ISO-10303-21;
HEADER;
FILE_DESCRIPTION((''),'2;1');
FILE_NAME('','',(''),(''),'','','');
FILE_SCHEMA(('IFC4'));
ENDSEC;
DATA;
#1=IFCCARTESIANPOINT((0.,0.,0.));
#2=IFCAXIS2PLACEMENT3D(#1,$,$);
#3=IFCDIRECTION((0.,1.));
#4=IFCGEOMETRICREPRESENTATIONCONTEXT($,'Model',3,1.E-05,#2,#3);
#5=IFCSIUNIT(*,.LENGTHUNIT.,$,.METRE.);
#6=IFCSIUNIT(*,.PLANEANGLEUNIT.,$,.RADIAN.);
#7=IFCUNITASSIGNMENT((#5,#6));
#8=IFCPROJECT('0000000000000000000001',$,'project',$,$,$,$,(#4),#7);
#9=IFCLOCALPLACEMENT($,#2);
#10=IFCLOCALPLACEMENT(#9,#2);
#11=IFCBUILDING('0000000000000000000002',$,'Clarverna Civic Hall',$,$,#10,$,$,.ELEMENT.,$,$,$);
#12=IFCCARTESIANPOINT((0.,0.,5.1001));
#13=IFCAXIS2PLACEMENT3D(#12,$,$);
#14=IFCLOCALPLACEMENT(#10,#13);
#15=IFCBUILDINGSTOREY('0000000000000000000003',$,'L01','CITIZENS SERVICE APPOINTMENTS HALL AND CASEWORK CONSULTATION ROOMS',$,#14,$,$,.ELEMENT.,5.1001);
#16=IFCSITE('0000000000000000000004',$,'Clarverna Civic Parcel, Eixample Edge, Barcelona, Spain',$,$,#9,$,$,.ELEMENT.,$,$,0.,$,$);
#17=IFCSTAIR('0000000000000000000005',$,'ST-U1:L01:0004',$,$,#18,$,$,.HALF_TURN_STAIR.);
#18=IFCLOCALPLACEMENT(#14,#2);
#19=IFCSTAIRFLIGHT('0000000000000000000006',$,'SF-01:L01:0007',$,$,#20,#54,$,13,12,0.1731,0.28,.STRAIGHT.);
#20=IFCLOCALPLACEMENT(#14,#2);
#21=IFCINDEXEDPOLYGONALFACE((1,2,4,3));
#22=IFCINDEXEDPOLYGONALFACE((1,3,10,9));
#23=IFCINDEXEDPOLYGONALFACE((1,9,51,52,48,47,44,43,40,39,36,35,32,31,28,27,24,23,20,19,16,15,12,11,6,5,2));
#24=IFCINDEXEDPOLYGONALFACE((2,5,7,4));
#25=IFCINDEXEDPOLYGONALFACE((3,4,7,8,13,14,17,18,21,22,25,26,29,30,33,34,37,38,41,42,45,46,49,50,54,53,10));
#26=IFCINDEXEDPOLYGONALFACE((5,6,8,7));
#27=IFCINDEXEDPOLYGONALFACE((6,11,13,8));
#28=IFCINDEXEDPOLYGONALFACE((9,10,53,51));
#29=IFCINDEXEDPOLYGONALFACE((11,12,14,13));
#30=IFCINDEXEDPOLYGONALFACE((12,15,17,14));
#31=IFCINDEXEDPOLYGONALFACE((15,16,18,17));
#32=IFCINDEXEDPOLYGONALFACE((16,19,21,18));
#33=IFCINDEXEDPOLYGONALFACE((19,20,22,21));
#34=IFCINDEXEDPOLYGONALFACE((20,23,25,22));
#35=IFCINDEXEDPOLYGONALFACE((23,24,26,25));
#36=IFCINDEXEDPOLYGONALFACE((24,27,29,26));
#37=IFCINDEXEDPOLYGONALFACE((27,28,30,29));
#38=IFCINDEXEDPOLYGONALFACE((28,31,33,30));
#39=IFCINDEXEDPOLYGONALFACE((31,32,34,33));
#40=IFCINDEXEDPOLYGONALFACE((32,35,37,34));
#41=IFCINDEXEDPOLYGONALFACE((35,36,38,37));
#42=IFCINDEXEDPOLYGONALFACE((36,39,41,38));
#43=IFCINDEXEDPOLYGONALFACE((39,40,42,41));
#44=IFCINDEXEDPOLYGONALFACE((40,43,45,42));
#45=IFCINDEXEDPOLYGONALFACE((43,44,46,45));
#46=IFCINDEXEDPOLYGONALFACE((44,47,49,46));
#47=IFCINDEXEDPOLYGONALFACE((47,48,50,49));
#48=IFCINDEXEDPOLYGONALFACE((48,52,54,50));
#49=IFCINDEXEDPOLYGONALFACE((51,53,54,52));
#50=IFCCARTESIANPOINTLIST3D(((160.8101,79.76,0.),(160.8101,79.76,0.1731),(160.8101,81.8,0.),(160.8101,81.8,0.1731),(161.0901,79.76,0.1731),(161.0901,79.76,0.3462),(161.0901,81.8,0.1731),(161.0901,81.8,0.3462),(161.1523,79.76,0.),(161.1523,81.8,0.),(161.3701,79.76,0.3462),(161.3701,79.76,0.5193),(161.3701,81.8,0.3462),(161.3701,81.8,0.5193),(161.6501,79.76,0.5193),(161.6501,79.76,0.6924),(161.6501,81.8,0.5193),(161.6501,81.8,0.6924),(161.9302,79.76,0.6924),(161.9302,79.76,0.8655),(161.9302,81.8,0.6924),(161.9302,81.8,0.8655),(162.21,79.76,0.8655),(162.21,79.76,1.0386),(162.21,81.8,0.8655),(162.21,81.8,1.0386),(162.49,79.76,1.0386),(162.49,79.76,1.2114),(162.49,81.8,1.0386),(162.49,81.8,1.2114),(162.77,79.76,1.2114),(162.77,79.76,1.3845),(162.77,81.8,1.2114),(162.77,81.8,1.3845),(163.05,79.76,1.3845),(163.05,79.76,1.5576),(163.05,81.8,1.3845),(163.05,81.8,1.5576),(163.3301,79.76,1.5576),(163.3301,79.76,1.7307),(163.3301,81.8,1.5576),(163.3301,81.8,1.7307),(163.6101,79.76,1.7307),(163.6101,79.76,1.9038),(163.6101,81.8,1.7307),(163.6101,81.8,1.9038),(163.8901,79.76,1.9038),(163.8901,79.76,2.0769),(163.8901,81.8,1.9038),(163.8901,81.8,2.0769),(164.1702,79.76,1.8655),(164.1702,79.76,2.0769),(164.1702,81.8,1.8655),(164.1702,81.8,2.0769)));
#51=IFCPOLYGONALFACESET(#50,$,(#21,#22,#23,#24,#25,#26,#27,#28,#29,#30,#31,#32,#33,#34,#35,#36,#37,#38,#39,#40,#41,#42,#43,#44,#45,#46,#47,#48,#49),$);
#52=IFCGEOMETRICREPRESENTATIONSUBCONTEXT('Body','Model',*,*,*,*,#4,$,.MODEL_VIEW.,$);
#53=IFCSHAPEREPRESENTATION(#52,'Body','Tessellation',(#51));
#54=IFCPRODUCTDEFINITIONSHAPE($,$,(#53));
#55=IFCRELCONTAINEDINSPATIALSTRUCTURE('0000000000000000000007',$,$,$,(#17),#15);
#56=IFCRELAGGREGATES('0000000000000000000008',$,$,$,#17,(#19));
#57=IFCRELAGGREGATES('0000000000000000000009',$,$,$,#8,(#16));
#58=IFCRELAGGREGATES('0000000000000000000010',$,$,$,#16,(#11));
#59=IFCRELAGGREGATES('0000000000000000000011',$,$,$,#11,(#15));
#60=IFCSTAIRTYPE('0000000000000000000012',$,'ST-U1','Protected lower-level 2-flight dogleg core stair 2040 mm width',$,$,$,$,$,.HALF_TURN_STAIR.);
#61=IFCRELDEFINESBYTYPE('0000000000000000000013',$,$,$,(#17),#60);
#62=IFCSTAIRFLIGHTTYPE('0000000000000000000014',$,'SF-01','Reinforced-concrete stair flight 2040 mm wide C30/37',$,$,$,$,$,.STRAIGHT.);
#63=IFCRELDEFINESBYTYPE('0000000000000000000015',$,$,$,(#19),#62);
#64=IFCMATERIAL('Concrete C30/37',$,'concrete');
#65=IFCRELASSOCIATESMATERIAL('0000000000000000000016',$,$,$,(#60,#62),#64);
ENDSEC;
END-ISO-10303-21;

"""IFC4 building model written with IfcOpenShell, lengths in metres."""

from ifc_helpers import new_model, si_unit, direction, frame, origin, place, context, subcontext, project, spatial, polyline, outline, extrude, material, type_object, element, aggregate, save


model = new_model("IFC4")

# Units and contexts
model_context = context("Model", 3, precision=1e-05, world=origin(), true_north=direction((0.0, 1.0)))
body_context = subcontext(model_context, "Body", "Model", "MODEL_VIEW")
ifc_project = project(units=[si_unit("LENGTHUNIT", "METRE"), si_unit("PLANEANGLEUNIT", "RADIAN")], contexts=[model_context])

# Site, building, storey
site_placement = place(None, origin())
site = spatial("IfcSite", under=ifc_project, at=site_placement, Name="Clarverna Civic Parcel, Eixample Edge, Barcelona, Spain", CompositionType="ELEMENT", RefElevation=0.0)
building_placement = place(site_placement, origin())
building = spatial("IfcBuilding", under=site, at=building_placement, Name="Clarverna Civic Hall", CompositionType="ELEMENT")
storey_placement = place(building_placement, frame((0.0, 0.0, 5.1001)))
storey = spatial("IfcBuildingStorey", under=building, at=storey_placement, Name="L01", Description="CITIZENS SERVICE APPOINTMENTS HALL AND CASEWORK CONSULTATION ROOMS", CompositionType="ELEMENT", Elevation=5.1001)

# Stair, stair flight
ifc_material_1 = material(Name="Concrete C30/37", Category="concrete")
stair_type = type_object("IfcStairType", Name="ST-U1", Description="Protected lower-level 2-flight dogleg core stair 2040 mm width", PredefinedType="HALF_TURN_STAIR", material=ifc_material_1)
stair_placement = place(storey_placement, origin())
stair = element("IfcStair", 1, at=stair_placement, inside=storey, type_object=stair_type, Name="ST-U1:L01:0004", PredefinedType="HALF_TURN_STAIR")
stair_flight_type = type_object("IfcStairFlightType", Name="SF-01", Description="Reinforced-concrete stair flight 2040 mm wide C30/37", PredefinedType="STRAIGHT", material=ifc_material_1)
stair_flight_placement = place(storey_placement, frame((160.8101, 80.78, 0.0), z_axis=(0.0, 0.0, 1.0), x_axis=(1.0, 0.0, 0.0)))
stair_flight = element("IfcStairFlight", 2, at=stair_flight_placement, type_object=stair_flight_type, Name="SF-01:L01:0007", NumberOfRisers=13, NumberOfTreads=12, PredefinedType="STRAIGHT", RiserHeight=0.1731, TreadLength=0.28, context=body_context, shape_type="SweptSolid", body=[
    extrude(outline(polyline([(0.0, 0.0), (0.0, 0.1731), (0.28, 0.1731), (0.28, 0.3462), (0.5601, 0.3462), (0.5601, 0.5193), (0.8401, 0.5193), (0.8401, 0.6924), (1.1201, 0.6924), (1.1201, 0.8655), (1.3999, 0.8655), (1.3999, 1.0386), (1.6799, 1.0386), (1.6799, 1.2114), (1.96, 1.2114), (1.96, 1.3845), (2.24, 1.3845), (2.24, 1.5576), (2.52, 1.5576), (2.52, 1.7307), (2.8, 1.7307), (2.8, 1.9038), (3.0801, 1.9038), (3.0801, 2.0769), (3.3601, 2.0769), (3.3601, 2.25), (3.3601, 1.8655), (0.3423, 0.0), (0.0, 0.0)])), frame((0.0, 1.02, 0.0), z_axis=(0.0, -1.0, 0.0), x_axis=(1.0, 0.0, 0.0)), (0.0, 0.0, 1.0), 2.04),
])
aggregate(stair, [stair_flight])

save(model, "model.ifc")
